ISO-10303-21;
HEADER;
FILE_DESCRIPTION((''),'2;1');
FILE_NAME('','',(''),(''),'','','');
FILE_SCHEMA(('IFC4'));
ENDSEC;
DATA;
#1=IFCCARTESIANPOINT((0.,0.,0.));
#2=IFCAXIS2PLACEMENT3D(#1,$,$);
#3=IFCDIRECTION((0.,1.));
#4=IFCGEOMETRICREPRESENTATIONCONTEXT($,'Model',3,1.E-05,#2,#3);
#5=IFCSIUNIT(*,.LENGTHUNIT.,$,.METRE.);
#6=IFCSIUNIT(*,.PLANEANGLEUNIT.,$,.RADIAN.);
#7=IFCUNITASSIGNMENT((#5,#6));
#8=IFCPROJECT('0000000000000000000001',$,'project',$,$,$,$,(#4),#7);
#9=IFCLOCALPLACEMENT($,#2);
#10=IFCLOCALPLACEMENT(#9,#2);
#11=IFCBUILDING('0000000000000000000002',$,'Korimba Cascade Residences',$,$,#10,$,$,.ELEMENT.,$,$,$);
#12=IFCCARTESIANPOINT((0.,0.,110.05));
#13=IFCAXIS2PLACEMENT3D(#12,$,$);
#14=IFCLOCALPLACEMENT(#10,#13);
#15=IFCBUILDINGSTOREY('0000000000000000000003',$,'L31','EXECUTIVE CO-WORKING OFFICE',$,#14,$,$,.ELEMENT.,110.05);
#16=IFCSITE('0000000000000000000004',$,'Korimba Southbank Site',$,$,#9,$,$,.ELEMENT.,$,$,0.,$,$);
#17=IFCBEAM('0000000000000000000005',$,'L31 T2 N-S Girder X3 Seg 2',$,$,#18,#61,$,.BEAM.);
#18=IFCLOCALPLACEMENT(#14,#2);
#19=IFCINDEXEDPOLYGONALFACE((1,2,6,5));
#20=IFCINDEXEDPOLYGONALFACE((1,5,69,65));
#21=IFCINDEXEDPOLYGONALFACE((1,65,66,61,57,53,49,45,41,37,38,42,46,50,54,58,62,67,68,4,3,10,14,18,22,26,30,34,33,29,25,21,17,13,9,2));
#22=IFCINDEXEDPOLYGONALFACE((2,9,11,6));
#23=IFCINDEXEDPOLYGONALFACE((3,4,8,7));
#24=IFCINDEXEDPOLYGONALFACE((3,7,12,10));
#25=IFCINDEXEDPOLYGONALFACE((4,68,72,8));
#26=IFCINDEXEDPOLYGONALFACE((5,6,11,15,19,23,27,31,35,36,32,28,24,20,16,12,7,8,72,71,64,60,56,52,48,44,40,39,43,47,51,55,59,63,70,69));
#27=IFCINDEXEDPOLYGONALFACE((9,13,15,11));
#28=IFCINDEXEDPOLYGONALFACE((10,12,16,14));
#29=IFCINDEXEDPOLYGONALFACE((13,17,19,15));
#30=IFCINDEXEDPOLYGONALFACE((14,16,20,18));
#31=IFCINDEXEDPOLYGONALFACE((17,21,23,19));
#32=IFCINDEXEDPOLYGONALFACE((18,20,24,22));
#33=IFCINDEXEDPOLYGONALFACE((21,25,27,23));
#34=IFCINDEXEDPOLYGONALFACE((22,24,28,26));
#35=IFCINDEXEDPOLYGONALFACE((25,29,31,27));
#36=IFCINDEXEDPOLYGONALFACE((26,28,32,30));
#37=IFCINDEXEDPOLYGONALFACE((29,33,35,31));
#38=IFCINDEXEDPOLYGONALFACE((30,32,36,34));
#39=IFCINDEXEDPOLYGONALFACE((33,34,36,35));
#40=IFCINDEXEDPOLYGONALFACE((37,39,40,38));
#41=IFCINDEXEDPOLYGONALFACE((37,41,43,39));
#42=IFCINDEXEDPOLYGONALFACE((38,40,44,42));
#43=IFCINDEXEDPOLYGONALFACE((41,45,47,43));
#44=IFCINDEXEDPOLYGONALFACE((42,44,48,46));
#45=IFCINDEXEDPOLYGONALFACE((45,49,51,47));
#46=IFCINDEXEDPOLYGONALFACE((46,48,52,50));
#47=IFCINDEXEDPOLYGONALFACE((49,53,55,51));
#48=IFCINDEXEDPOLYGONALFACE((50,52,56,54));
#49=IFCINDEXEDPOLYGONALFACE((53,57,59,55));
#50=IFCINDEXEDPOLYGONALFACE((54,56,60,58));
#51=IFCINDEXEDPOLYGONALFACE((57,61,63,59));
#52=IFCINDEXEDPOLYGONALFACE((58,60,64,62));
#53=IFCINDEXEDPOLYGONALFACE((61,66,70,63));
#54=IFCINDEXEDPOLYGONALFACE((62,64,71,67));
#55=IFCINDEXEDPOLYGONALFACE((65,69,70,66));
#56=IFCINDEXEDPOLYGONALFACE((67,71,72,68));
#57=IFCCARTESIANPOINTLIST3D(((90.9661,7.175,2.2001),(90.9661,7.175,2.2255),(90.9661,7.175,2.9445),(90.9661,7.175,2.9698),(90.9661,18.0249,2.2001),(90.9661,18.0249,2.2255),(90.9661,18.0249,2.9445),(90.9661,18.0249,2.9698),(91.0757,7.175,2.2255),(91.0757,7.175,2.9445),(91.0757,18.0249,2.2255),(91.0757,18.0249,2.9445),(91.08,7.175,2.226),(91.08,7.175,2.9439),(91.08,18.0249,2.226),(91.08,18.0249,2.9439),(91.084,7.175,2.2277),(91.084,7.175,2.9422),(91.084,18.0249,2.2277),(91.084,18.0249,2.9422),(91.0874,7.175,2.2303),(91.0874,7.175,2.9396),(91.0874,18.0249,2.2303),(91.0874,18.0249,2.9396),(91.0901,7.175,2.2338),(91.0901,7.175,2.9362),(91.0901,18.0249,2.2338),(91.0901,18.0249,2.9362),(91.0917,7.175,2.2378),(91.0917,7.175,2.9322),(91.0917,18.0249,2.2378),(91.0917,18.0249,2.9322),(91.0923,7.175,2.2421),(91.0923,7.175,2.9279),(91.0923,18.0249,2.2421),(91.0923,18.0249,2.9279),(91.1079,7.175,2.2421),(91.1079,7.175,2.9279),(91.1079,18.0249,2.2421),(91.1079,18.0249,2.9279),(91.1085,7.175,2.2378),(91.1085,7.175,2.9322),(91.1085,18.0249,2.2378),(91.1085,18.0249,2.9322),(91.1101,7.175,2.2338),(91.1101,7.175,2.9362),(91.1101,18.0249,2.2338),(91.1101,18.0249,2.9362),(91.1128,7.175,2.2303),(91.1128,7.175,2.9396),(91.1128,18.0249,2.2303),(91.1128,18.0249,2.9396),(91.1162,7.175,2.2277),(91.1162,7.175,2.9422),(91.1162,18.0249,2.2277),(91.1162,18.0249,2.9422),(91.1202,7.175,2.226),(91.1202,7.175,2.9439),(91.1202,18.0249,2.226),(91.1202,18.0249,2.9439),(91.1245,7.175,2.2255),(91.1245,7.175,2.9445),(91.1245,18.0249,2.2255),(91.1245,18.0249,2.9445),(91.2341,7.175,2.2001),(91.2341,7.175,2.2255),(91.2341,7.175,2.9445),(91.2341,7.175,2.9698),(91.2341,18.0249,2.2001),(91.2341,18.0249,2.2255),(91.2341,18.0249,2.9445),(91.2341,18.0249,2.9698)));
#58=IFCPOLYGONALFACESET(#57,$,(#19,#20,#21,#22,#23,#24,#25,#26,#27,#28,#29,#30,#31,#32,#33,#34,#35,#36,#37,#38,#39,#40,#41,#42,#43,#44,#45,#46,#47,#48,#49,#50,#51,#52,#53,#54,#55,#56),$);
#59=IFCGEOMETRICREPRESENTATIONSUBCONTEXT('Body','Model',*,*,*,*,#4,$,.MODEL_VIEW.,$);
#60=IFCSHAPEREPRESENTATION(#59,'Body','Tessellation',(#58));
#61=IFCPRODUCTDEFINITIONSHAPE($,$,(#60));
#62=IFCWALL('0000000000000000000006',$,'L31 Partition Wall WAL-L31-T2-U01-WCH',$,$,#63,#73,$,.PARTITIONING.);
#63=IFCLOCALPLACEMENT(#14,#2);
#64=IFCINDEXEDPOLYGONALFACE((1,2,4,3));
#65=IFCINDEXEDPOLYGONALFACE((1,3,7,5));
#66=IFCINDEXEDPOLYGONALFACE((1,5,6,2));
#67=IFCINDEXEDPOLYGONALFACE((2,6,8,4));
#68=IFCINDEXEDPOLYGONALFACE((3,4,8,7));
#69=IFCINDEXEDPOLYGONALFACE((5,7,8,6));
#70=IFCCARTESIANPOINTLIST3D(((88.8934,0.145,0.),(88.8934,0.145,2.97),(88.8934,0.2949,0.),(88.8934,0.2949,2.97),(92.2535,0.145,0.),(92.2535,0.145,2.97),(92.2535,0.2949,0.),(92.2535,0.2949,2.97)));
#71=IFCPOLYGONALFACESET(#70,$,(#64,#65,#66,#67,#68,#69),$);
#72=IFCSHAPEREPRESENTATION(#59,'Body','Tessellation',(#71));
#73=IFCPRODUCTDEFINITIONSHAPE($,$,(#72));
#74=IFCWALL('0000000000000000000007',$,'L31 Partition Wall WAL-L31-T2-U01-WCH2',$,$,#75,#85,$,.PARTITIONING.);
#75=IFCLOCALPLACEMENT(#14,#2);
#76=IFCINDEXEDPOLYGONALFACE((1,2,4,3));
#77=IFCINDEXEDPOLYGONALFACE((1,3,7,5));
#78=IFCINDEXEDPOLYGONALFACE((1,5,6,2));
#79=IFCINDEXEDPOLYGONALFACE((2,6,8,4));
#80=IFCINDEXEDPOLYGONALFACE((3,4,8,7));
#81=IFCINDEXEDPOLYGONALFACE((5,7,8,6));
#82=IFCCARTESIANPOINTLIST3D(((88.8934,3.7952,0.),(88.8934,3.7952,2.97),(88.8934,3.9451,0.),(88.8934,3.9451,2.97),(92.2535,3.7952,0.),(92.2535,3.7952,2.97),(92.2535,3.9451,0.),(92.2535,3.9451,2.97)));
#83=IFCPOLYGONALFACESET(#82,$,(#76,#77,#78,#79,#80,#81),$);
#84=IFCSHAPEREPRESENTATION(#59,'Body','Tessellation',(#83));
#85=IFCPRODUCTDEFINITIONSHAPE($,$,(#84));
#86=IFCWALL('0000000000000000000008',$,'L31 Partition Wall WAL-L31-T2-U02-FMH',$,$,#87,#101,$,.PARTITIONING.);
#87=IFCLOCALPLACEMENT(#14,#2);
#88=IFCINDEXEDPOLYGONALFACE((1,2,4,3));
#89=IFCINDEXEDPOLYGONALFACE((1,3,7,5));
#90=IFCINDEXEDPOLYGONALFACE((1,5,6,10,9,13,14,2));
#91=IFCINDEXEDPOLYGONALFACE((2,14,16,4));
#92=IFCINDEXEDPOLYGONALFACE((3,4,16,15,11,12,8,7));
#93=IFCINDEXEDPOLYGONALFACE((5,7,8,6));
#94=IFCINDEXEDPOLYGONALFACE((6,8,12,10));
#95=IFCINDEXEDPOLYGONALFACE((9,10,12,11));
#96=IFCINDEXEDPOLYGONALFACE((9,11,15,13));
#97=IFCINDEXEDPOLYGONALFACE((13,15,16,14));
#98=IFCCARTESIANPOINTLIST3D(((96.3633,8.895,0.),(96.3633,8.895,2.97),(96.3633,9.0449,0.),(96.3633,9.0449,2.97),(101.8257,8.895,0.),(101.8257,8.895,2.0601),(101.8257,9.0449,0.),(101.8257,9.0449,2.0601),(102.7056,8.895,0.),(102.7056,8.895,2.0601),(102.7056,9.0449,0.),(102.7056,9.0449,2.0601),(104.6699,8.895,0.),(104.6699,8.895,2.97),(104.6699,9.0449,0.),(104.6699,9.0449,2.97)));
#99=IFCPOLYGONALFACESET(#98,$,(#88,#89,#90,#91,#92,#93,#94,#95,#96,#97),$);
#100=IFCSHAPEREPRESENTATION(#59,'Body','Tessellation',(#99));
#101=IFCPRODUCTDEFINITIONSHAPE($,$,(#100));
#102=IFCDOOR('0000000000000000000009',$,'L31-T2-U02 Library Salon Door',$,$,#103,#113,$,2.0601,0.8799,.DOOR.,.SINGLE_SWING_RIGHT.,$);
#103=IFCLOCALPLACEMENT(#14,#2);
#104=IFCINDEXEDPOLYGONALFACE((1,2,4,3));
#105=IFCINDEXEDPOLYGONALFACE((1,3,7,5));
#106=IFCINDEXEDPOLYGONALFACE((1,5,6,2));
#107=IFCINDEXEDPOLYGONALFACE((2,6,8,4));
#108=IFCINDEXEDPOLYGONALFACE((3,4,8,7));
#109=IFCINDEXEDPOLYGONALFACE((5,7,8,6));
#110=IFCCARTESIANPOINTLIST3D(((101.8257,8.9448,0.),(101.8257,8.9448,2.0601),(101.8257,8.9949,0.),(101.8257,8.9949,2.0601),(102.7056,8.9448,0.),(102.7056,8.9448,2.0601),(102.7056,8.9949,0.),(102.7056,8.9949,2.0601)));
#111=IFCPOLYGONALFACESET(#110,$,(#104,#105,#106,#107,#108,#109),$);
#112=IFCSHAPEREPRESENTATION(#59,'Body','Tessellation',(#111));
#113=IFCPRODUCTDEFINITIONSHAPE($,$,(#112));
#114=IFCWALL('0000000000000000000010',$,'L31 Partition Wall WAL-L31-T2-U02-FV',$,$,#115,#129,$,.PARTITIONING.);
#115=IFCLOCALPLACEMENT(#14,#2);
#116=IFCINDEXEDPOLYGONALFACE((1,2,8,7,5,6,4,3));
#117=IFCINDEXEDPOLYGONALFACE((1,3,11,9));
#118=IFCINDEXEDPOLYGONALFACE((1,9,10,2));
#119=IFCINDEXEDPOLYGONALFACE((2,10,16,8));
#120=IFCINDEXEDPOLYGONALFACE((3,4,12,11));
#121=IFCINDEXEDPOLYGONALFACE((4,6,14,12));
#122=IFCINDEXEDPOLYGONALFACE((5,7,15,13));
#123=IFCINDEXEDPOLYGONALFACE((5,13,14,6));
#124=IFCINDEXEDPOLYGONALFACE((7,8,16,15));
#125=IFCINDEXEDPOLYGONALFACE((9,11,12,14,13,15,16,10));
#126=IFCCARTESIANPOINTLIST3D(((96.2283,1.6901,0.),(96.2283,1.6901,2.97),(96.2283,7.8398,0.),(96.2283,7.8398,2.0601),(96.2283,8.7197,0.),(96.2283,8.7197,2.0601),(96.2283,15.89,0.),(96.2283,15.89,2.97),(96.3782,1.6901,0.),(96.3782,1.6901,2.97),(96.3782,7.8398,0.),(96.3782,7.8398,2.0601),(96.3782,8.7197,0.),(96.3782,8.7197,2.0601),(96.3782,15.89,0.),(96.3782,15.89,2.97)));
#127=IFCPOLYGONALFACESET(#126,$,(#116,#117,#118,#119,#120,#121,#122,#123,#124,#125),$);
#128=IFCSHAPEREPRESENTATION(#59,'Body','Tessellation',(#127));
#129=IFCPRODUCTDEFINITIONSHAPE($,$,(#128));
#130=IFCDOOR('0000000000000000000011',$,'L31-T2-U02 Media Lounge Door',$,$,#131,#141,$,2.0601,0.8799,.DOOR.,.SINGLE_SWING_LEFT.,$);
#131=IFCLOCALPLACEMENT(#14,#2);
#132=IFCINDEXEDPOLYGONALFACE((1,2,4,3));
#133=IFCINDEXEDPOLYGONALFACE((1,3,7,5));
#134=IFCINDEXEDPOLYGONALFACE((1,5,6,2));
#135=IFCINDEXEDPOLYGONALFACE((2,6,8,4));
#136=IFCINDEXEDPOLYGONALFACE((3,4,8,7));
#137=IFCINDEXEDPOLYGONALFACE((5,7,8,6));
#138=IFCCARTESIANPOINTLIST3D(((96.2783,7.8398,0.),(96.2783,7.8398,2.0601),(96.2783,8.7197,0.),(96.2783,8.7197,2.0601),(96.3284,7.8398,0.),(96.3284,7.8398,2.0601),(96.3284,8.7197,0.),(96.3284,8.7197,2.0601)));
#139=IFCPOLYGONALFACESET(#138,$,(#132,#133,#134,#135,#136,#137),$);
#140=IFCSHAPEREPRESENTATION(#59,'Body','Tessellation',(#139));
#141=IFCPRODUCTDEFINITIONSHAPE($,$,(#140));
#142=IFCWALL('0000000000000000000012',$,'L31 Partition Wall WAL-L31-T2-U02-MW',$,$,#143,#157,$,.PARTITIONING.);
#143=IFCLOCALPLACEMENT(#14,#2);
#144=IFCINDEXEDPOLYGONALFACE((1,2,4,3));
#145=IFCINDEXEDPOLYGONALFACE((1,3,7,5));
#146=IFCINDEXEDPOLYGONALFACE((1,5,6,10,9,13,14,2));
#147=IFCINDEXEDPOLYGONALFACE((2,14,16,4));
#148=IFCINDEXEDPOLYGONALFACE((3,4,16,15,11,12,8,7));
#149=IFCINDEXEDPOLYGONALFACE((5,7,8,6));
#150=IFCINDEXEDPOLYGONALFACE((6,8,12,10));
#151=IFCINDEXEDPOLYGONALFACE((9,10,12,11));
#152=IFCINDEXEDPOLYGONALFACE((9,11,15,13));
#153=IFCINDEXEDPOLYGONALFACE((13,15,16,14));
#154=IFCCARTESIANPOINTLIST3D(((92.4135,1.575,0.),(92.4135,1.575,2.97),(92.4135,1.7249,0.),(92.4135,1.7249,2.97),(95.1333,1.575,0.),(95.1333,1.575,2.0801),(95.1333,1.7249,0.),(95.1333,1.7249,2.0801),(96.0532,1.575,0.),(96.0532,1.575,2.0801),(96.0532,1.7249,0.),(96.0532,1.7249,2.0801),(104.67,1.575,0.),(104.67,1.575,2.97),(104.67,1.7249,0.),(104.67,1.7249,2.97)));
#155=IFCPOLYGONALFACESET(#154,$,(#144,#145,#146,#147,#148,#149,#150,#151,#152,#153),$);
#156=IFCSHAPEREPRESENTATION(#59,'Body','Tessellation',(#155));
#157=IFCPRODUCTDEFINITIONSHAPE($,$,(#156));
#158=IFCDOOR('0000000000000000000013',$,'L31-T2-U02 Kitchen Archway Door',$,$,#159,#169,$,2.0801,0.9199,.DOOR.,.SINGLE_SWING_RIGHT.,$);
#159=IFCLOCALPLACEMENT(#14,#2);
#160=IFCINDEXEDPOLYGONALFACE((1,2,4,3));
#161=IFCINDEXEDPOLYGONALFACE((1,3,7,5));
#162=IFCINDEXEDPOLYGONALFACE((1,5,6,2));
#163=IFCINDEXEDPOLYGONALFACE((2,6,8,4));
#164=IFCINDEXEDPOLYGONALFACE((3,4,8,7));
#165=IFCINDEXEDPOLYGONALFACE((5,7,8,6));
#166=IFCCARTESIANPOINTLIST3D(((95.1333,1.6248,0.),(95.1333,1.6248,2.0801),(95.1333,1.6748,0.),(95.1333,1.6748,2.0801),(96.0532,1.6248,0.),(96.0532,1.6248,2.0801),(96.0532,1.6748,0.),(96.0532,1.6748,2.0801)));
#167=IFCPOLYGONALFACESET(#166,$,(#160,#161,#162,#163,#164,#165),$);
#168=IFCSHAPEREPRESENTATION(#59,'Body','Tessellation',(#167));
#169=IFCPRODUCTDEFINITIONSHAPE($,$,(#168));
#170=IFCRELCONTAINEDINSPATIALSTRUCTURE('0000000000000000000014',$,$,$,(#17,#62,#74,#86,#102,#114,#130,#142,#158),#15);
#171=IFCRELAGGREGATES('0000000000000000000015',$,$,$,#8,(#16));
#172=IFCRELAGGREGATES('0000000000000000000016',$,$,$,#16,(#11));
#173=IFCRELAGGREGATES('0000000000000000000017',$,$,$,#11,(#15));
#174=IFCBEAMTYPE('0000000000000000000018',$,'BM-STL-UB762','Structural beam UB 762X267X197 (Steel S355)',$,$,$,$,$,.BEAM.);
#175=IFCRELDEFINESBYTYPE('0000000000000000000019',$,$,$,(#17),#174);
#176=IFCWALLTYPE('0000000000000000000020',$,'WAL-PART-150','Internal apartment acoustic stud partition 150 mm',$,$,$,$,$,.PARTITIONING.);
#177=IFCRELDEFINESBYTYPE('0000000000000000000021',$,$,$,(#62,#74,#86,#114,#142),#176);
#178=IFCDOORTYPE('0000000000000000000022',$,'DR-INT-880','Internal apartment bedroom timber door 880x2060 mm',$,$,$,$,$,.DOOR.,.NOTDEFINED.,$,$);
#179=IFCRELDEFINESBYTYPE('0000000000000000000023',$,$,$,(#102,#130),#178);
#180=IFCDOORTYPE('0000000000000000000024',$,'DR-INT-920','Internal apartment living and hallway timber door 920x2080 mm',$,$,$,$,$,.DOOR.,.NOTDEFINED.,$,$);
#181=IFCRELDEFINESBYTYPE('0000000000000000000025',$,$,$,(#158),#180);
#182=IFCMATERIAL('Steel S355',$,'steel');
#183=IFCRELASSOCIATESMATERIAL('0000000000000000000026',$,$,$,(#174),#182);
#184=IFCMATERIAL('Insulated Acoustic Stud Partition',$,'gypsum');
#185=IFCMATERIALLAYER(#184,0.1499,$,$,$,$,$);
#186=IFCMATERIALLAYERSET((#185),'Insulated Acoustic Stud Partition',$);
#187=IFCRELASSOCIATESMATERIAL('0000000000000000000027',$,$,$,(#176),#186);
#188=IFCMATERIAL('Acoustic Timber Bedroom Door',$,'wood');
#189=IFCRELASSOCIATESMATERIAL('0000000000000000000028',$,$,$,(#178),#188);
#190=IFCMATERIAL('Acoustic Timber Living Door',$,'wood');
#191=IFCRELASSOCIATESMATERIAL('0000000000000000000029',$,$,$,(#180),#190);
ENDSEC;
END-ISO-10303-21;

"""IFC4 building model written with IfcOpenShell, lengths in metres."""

from ifc_helpers import new_model, si_unit, direction, frame, frame_2d, origin, origin_2d, place, context, subcontext, project, spatial, rectangle, i_section, extrude, material, layer, layer_set, material_profile, profile_set, type_object, element, fill, save


model = new_model("IFC4")

# Units and contexts
model_context = context("Model", 3, precision=1e-05, world=origin(), true_north=direction((0.0, 1.0)))
body_context = subcontext(model_context, "Body", "Model", "MODEL_VIEW")
ifc_project = project(units=[si_unit("LENGTHUNIT", "METRE"), si_unit("PLANEANGLEUNIT", "RADIAN")], contexts=[model_context])

# Site, building, storey
site_placement = place(None, origin())
site = spatial("IfcSite", under=ifc_project, at=site_placement, Name="Korimba Southbank Site", CompositionType="ELEMENT", RefElevation=0.0)
building_placement = place(site_placement, origin())
building = spatial("IfcBuilding", under=site, at=building_placement, Name="Korimba Cascade Residences", CompositionType="ELEMENT")
storey_placement = place(building_placement, frame((0.0, 0.0, 110.05)))
storey = spatial("IfcBuildingStorey", under=building, at=storey_placement, Name="L31", Description="EXECUTIVE CO-WORKING OFFICE", CompositionType="ELEMENT", Elevation=110.05)

# Beam
ifc_material_1 = material(Name="Steel S355", Category="steel")
ifc_material_profile_1 = material_profile(ifc_material_1, i_section(OverallWidth=0.2681, OverallDepth=0.7698, WebThickness=0.0156, FlangeThickness=0.0254, FilletRadius=0.0166, at=origin_2d()), Name="Steel S355")
ifc_profile_set_1 = profile_set([ifc_material_profile_1], Name="Steel S355")
beam_type_1 = type_object("IfcBeamType", Name="BM-STL-UB762", Description="Structural beam UB 762X267X197 (Steel S355)", PredefinedType="BEAM", material=ifc_profile_set_1)
for number, where, z_axis, x_axis, name in (
    (1, (91.1001, 7.175, 2.585), (0.0, 1.0, 0.0), (-1.0, 0.0, 0.0), "L31 T2 N-S Girder X3 Seg 2"),
):
    element("IfcBeam", number, at=place(storey_placement, frame(where, z_axis=z_axis, x_axis=x_axis)), inside=storey, type_object=beam_type_1, Name=name, PredefinedType="BEAM", context=body_context, shape_type="SweptSolid", body=[
        extrude(i_section(OverallWidth=0.2681, OverallDepth=0.7698, WebThickness=0.0156, FlangeThickness=0.0254, FilletRadius=0.0166, at=origin_2d()), origin(), (0.0, 0.0, 1.0), 10.8499),
    ])

# Walls
ifc_material_2 = material(Name="Insulated Acoustic Stud Partition", Category="gypsum")
ifc_layer = layer(ifc_material_2, 0.1499)
ifc_layer_set = layer_set([ifc_layer], Name="Insulated Acoustic Stud Partition")
wall_type = type_object("IfcWallType", Name="WAL-PART-150", Description="Internal apartment acoustic stud partition 150 mm", PredefinedType="PARTITIONING", material=ifc_layer_set)
for number, where, z_axis, x_axis, name in (
    (2, (88.8933, 0.22, 0.0), (0.0, 0.0, 1.0), (1.0, 0.0, 0.0), "L31 Partition Wall WAL-L31-T2-U01-WCH"),
    (3, (88.8933, 3.8701, 0.0), (0.0, 0.0, 1.0), (1.0, 0.0, 0.0), "L31 Partition Wall WAL-L31-T2-U01-WCH2"),
):
    element("IfcWall", number, at=place(storey_placement, frame(where, z_axis=z_axis, x_axis=x_axis)), inside=storey, type_object=wall_type, Name=name, PredefinedType="PARTITIONING", context=body_context, shape_type="SweptSolid", body=[
        extrude(rectangle(XDim=3.3601, YDim=0.1499, at=frame_2d((1.6802, 0.0))), origin(), (0.0, 0.0, 1.0), 2.97),
    ])

# Walls, openings, doors
wall_1_placement = place(storey_placement, frame((96.3633, 8.97, 0.0), z_axis=(0.0, 0.0, 1.0), x_axis=(1.0, 0.0, 0.0)))
wall_1 = element("IfcWall", 4, at=wall_1_placement, inside=storey, type_object=wall_type, Name="L31 Partition Wall WAL-L31-T2-U02-FMH", PredefinedType="PARTITIONING", context=body_context, shape_type="SweptSolid", body=[
    extrude(rectangle(XDim=8.3066, YDim=0.1499, at=frame_2d((4.1533, 0.0))), origin(), (0.0, 0.0, 1.0), 2.97),
])
opening_1_placement = place(wall_1_placement, frame((5.4624, 0.0, 0.0)))
opening_1 = element("IfcOpeningElement", 5, at=opening_1_placement, cuts=wall_1, PredefinedType="OPENING", context=body_context, shape_type="SweptSolid", body=[
    extrude(rectangle(XDim=0.8799, YDim=2.0601, at=frame_2d((0.4399, 1.03))), frame((0.0, 0.085, 0.0), z_axis=(0.0, -1.0, 0.0), x_axis=(1.0, 0.0, 0.0)), (0.0, 0.0, 1.0), 0.1699),
])
ifc_material_3 = material(Name="Acoustic Timber Bedroom Door", Category="wood")
door_type_1 = type_object("IfcDoorType", Name="DR-INT-880", Description="Internal apartment bedroom timber door 880x2060 mm", OperationType="NOTDEFINED", PredefinedType="DOOR", material=ifc_material_3)
door_1_placement = place(opening_1_placement, origin())
door_1 = element("IfcDoor", 6, at=door_1_placement, inside=storey, type_object=door_type_1, Name="L31-T2-U02 Library Salon Door", OperationType="SINGLE_SWING_RIGHT", OverallHeight=2.0601, OverallWidth=0.8799, PredefinedType="DOOR", context=body_context, shape_type="SweptSolid", body=[
    extrude(rectangle(XDim=0.8799, YDim=2.0601, at=frame_2d((0.4399, 1.03))), frame((0.0, 0.0249, 0.0), z_axis=(0.0, -1.0, 0.0), x_axis=(1.0, 0.0, 0.0)), (0.0, 0.0, 1.0), 0.05),
])
fill(opening_1, door_1)
wall_2_placement = place(storey_placement, frame((96.3032, 1.6899, 0.0), z_axis=(0.0, 0.0, 1.0), x_axis=(0.0, 1.0, 0.0)))
wall_2 = element("IfcWall", 7, at=wall_2_placement, inside=storey, type_object=wall_type, Name="L31 Partition Wall WAL-L31-T2-U02-FV", PredefinedType="PARTITIONING", context=body_context, shape_type="SweptSolid", body=[
    extrude(rectangle(XDim=14.2, YDim=0.1499, at=frame_2d((7.1001, 0.0))), origin(), (0.0, 0.0, 1.0), 2.97),
])
opening_2_placement = place(wall_2_placement, frame((6.1499, 0.0, 0.0)))
opening_2 = element("IfcOpeningElement", 8, at=opening_2_placement, cuts=wall_2, PredefinedType="OPENING", context=body_context, shape_type="SweptSolid", body=[
    extrude(rectangle(XDim=0.8799, YDim=2.0601, at=frame_2d((0.4399, 1.03))), frame((0.0, 0.085, 0.0), z_axis=(0.0, -1.0, 0.0), x_axis=(1.0, 0.0, 0.0)), (0.0, 0.0, 1.0), 0.1699),
])
door_2_placement = place(opening_2_placement, origin())
door_2 = element("IfcDoor", 9, at=door_2_placement, inside=storey, type_object=door_type_1, Name="L31-T2-U02 Media Lounge Door", OperationType="SINGLE_SWING_LEFT", OverallHeight=2.0601, OverallWidth=0.8799, PredefinedType="DOOR", context=body_context, shape_type="SweptSolid", body=[
    extrude(rectangle(XDim=0.8799, YDim=2.0601, at=frame_2d((0.4399, 1.03))), frame((0.0, 0.0249, 0.0), z_axis=(0.0, -1.0, 0.0), x_axis=(1.0, 0.0, 0.0)), (0.0, 0.0, 1.0), 0.05),
])
fill(opening_2, door_2)
wall_3_placement = place(storey_placement, frame((92.4133, 1.6499, 0.0), z_axis=(0.0, 0.0, 1.0), x_axis=(1.0, 0.0, 0.0)))
wall_3 = element("IfcWall", 10, at=wall_3_placement, inside=storey, type_object=wall_type, Name="L31 Partition Wall WAL-L31-T2-U02-MW", PredefinedType="PARTITIONING", context=body_context, shape_type="SweptSolid", body=[
    extrude(rectangle(XDim=12.2566, YDim=0.1499, at=frame_2d((6.1284, 0.0))), origin(), (0.0, 0.0, 1.0), 2.97),
])
opening_3_placement = place(wall_3_placement, frame((2.72, 0.0, 0.0)))
opening_3 = element("IfcOpeningElement", 11, at=opening_3_placement, cuts=wall_3, PredefinedType="OPENING", context=body_context, shape_type="SweptSolid", body=[
    extrude(rectangle(XDim=0.9199, YDim=2.0801, at=frame_2d((0.46, 1.04))), frame((0.0, 0.085, 0.0), z_axis=(0.0, -1.0, 0.0), x_axis=(1.0, 0.0, 0.0)), (0.0, 0.0, 1.0), 0.1699),
])
ifc_material_4 = material(Name="Acoustic Timber Living Door", Category="wood")
door_type_2 = type_object("IfcDoorType", Name="DR-INT-920", Description="Internal apartment living and hallway timber door 920x2080 mm", OperationType="NOTDEFINED", PredefinedType="DOOR", material=ifc_material_4)
door_3_placement = place(opening_3_placement, origin())
door_3 = element("IfcDoor", 12, at=door_3_placement, inside=storey, type_object=door_type_2, Name="L31-T2-U02 Kitchen Archway Door", OperationType="SINGLE_SWING_RIGHT", OverallHeight=2.0801, OverallWidth=0.9199, PredefinedType="DOOR", context=body_context, shape_type="SweptSolid", body=[
    extrude(rectangle(XDim=0.9199, YDim=2.0801, at=frame_2d((0.46, 1.04))), frame((0.0, 0.0249, 0.0), z_axis=(0.0, -1.0, 0.0), x_axis=(1.0, 0.0, 0.0)), (0.0, 0.0, 1.0), 0.05),
])
fill(opening_3, door_3)

save(model, "model.ifc")
